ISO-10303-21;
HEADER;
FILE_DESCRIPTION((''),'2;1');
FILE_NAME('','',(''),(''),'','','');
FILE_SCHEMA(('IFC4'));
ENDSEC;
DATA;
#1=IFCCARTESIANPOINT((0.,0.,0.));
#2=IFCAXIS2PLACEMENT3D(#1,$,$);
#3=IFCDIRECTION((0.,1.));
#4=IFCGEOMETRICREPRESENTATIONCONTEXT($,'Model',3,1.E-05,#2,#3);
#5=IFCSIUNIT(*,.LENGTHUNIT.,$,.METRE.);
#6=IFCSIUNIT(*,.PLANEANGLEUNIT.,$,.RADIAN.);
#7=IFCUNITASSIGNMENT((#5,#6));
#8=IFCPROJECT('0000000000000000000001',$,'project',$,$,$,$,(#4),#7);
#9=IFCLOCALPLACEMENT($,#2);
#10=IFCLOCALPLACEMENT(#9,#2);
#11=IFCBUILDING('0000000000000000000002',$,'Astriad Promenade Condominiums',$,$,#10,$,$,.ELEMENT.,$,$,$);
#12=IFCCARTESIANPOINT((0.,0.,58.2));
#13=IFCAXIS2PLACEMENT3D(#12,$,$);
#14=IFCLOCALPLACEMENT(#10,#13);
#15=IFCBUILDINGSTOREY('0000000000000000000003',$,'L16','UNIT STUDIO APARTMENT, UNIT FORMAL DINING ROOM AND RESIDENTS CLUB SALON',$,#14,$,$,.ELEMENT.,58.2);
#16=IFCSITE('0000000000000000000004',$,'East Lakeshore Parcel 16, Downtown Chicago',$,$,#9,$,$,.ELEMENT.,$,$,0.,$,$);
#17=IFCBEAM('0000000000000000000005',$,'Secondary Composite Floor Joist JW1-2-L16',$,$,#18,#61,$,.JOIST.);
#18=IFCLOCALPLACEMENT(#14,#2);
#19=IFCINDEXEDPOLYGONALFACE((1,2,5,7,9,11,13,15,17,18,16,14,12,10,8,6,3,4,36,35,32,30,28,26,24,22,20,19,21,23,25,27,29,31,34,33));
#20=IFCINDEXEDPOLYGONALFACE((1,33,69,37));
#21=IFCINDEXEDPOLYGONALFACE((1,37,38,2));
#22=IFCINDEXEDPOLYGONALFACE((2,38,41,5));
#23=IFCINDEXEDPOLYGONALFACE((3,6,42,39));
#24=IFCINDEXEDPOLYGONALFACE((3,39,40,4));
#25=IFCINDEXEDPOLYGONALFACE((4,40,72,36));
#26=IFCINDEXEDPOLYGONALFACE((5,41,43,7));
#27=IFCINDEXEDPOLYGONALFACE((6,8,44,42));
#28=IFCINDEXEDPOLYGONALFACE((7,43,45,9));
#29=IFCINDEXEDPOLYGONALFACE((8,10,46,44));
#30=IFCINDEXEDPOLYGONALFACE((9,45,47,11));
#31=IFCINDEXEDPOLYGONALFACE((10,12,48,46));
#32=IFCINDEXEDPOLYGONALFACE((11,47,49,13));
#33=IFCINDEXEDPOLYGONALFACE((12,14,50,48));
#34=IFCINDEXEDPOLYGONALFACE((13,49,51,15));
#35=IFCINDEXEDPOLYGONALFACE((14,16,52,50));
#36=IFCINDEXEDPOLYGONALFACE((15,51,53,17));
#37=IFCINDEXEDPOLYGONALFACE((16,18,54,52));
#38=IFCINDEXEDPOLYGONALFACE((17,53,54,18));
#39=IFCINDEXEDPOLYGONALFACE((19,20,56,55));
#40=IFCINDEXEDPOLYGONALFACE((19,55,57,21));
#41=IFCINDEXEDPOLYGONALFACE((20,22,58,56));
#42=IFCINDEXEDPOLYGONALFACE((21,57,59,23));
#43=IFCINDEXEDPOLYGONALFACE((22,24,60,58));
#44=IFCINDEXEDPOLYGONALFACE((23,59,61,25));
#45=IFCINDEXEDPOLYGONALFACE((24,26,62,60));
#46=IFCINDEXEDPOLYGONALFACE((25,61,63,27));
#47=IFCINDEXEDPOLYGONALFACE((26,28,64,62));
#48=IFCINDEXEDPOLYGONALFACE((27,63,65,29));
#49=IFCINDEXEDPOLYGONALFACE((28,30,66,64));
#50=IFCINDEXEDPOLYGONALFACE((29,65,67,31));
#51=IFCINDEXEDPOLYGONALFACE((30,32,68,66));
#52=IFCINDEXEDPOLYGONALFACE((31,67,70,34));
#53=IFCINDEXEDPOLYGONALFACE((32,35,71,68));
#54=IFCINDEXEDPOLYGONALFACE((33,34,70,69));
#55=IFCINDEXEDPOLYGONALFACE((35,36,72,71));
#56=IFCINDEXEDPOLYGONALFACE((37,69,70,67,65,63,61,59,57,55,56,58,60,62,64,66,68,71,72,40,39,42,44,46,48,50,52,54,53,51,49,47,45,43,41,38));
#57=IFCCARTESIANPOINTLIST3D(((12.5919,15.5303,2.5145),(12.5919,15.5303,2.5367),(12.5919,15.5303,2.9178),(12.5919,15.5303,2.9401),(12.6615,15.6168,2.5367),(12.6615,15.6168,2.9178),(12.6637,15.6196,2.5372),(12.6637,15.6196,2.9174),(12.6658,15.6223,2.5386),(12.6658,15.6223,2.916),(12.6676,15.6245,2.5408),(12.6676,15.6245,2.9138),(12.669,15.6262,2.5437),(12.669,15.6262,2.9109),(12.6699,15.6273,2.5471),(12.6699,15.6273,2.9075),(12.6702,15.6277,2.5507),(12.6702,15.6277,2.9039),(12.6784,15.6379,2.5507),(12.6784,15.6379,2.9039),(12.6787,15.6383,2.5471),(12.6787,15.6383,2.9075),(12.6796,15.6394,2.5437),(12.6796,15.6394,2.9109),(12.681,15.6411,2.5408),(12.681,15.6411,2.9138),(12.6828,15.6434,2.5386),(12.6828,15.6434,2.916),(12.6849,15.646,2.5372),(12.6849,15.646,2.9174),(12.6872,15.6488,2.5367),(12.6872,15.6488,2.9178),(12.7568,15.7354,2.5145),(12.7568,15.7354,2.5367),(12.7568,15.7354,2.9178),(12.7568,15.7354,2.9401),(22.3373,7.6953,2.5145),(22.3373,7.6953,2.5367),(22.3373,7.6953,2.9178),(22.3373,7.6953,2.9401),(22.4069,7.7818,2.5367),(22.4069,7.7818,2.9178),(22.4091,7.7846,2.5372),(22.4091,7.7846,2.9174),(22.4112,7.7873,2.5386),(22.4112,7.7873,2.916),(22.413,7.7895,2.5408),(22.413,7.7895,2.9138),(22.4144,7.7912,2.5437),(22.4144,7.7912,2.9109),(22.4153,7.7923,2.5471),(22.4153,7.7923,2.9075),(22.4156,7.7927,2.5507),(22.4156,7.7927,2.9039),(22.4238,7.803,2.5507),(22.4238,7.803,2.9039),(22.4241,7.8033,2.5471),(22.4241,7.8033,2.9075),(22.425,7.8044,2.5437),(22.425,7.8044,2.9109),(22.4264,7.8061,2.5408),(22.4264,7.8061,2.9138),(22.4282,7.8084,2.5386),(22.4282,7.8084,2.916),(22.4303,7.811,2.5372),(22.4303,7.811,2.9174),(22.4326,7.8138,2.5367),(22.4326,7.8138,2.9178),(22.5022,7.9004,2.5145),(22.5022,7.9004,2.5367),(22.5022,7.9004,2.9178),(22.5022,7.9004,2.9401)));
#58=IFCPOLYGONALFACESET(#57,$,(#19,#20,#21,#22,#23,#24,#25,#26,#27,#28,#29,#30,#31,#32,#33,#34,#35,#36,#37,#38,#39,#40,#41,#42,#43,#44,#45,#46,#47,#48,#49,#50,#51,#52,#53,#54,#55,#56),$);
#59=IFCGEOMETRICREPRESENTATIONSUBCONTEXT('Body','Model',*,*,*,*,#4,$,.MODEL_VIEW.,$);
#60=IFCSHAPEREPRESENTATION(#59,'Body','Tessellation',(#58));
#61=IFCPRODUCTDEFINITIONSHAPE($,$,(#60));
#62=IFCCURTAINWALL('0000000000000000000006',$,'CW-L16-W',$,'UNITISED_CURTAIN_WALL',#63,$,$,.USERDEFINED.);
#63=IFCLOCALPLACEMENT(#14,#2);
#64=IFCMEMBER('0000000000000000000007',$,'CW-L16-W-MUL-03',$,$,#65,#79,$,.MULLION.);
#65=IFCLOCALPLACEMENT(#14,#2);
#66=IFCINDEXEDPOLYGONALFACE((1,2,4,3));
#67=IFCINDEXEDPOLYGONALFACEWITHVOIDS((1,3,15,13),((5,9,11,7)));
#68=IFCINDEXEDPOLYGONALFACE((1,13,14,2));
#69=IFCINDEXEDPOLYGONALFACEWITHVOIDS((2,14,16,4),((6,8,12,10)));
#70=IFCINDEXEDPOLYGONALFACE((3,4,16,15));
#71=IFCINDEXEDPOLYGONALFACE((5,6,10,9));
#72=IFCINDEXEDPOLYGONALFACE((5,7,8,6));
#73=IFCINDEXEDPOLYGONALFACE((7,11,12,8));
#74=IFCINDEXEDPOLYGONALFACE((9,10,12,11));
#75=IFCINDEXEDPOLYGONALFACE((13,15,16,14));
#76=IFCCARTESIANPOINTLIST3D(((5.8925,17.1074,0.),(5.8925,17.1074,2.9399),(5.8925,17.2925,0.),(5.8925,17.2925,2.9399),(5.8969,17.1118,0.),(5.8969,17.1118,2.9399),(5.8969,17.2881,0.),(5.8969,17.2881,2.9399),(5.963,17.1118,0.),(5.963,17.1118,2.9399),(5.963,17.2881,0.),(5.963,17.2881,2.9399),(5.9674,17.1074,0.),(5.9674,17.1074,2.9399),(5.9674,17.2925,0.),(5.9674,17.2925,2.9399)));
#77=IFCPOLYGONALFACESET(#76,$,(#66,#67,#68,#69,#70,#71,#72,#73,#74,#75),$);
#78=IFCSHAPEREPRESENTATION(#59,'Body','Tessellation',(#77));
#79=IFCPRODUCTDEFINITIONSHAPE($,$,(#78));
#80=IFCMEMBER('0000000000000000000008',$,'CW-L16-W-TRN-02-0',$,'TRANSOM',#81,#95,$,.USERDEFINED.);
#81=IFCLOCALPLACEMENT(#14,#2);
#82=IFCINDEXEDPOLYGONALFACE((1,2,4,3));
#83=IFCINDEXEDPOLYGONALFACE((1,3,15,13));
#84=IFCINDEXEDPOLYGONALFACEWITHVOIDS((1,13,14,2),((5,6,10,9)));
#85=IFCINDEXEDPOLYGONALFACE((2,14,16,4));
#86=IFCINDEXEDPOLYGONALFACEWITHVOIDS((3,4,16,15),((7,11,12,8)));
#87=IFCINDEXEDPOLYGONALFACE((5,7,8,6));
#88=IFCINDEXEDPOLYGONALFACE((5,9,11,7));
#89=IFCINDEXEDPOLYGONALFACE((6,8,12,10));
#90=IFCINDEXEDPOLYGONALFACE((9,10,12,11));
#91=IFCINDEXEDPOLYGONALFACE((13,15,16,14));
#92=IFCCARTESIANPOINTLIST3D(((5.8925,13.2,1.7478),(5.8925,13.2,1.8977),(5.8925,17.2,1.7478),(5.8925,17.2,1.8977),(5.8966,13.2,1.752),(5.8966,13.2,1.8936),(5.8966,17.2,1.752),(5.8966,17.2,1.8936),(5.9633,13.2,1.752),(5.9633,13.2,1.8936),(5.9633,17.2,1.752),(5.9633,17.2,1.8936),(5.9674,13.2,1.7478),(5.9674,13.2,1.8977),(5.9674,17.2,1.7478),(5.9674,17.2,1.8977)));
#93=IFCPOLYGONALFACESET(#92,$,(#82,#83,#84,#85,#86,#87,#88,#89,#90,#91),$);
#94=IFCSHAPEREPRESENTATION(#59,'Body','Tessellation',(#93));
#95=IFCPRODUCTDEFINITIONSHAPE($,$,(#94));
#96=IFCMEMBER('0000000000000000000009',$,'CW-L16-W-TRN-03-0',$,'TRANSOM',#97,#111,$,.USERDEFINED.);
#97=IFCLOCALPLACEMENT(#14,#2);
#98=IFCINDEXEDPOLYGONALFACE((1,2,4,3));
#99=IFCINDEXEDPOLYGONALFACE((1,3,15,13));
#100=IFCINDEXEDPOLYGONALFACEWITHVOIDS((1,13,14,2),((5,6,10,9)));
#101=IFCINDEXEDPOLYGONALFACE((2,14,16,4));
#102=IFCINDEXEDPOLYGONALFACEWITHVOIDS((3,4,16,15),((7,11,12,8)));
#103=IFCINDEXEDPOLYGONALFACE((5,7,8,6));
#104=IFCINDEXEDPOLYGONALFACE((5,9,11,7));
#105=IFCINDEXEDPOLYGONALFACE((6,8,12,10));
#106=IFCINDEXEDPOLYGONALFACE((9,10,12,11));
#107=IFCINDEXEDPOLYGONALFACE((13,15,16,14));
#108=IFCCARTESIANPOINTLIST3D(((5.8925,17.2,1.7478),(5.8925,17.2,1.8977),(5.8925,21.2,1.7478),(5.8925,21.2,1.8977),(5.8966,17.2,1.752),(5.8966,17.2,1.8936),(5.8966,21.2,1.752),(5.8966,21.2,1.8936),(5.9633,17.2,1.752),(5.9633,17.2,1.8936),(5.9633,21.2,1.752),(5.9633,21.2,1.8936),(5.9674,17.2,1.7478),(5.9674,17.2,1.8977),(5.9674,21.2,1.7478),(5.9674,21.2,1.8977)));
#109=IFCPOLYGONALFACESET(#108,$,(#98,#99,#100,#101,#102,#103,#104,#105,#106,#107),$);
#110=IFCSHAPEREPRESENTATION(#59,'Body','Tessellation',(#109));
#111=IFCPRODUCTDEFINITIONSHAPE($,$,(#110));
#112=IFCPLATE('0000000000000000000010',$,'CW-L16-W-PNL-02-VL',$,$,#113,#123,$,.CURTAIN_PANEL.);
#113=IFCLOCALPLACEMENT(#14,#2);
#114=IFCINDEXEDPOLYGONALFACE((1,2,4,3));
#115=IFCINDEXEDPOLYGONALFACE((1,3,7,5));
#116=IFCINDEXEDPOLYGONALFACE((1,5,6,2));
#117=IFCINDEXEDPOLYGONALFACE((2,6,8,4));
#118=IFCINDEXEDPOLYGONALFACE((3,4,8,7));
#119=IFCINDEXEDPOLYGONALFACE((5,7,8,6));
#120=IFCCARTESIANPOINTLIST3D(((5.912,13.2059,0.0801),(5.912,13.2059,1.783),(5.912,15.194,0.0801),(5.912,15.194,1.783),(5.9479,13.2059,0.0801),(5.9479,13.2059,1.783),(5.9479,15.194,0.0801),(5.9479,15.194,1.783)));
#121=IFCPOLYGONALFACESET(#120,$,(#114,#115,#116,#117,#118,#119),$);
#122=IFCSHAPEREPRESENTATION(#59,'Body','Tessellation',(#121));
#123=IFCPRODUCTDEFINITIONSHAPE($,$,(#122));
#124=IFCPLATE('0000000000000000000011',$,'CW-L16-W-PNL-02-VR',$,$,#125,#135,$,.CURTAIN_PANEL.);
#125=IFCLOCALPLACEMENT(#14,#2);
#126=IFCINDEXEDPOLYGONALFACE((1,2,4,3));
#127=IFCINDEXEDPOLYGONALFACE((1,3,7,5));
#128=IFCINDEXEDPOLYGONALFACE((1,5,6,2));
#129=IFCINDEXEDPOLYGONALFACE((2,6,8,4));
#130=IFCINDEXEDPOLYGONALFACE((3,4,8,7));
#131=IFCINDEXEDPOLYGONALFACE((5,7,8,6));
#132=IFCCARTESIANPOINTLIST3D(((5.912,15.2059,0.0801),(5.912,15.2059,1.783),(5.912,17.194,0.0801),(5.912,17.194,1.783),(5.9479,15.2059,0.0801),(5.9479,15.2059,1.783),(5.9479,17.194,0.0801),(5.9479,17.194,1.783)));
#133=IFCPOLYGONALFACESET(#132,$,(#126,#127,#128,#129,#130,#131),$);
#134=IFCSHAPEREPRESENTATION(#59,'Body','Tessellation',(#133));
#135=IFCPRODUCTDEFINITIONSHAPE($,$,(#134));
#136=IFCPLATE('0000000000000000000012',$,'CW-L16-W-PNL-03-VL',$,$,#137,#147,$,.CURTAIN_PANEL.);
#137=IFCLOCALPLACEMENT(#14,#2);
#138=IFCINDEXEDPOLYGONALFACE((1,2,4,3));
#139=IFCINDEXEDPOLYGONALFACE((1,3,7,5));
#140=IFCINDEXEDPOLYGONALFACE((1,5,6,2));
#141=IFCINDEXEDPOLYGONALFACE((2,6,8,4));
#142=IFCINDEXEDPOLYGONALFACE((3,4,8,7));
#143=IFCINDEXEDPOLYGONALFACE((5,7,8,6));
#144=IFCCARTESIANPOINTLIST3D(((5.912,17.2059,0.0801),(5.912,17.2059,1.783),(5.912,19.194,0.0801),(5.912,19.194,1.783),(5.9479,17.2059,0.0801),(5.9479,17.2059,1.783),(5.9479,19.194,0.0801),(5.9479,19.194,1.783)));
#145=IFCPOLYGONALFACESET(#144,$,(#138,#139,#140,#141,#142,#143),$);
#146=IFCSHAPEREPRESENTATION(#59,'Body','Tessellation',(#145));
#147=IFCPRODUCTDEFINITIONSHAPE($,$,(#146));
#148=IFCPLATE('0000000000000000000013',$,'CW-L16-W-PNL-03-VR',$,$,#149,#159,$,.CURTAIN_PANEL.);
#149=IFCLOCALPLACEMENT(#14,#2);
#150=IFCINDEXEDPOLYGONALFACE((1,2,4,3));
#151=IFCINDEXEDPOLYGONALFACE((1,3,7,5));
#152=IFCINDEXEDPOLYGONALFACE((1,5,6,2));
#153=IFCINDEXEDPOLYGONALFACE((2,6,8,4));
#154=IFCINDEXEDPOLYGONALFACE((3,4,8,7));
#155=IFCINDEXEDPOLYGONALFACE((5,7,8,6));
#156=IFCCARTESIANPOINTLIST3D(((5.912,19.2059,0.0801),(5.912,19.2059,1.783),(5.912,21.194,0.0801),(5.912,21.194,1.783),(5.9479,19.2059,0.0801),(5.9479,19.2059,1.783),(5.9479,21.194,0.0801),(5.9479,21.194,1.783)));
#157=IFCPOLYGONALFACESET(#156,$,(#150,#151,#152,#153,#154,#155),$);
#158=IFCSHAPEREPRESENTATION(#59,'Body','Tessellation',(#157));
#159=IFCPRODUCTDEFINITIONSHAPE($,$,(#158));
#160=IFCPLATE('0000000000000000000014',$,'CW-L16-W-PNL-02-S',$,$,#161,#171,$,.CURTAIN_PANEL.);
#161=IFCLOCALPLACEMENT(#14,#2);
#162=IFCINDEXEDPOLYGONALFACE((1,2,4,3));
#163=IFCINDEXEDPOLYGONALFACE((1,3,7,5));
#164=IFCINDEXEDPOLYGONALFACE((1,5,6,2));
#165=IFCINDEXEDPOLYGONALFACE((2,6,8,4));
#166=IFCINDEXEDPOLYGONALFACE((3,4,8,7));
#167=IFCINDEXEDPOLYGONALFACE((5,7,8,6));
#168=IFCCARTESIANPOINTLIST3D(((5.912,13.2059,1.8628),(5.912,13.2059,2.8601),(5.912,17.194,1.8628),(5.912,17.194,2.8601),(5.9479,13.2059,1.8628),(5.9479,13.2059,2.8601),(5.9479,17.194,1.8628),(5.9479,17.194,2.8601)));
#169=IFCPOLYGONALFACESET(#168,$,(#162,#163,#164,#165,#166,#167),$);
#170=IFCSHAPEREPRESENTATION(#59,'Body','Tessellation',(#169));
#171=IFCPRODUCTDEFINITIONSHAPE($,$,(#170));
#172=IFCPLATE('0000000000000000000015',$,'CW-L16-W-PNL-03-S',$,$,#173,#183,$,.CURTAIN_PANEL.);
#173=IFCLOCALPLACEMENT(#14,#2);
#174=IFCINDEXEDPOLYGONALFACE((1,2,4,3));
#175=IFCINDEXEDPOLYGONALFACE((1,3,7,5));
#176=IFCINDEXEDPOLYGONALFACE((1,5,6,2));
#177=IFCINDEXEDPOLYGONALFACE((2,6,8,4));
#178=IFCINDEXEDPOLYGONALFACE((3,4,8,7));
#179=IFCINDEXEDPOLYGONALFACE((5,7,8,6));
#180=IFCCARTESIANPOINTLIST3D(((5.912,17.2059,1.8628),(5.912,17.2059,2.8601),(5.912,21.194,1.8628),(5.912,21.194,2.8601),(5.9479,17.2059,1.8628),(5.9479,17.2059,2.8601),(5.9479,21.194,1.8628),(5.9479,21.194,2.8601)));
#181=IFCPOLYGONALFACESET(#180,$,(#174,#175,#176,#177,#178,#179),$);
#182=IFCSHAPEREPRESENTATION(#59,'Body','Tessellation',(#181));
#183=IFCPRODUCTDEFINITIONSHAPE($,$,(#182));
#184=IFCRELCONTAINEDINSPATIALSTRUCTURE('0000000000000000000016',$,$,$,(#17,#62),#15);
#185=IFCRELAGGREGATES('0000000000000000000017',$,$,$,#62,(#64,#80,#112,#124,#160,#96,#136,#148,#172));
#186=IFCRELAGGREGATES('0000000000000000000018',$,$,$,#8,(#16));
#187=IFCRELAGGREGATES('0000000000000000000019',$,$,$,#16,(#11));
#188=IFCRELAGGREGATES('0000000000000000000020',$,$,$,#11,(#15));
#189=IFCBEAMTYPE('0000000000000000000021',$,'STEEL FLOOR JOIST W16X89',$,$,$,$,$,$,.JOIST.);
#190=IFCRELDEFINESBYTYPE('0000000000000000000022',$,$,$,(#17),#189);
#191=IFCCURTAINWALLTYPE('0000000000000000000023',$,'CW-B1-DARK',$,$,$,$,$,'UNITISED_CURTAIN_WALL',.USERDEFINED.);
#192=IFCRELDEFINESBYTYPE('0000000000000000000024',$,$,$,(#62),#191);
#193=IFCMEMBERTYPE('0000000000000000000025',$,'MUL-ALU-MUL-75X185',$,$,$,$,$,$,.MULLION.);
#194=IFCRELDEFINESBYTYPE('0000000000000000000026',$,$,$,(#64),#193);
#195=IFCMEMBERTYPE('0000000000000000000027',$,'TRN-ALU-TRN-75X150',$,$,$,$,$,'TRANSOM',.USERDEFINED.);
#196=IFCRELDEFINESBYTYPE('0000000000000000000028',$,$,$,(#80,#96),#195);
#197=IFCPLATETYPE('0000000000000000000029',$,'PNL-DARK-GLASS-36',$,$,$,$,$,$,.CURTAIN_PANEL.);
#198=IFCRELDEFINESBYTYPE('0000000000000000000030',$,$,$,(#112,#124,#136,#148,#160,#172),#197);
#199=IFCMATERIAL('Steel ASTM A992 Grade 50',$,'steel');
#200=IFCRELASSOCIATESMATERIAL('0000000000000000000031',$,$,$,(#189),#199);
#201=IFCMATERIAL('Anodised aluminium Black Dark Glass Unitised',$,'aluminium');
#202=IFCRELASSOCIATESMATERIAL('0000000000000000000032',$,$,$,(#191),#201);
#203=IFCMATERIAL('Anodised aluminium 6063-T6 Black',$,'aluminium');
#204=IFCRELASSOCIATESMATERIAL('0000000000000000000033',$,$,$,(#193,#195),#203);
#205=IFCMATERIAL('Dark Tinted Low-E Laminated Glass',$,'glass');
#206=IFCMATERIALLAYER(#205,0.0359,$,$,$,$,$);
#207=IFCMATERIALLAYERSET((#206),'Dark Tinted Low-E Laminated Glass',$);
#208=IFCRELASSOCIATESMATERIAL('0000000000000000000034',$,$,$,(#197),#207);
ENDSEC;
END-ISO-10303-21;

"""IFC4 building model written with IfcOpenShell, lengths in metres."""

from ifc_helpers import new_model, si_unit, direction, frame, origin, origin_2d, place, context, subcontext, project, spatial, rectangle, hollow_rectangle, i_section, extrude, source, transform, mapped, material, layer, layer_set, material_profile, profile_set, type_object, type_shapes, element, aggregate, save


model = new_model("IFC4")

# Units and contexts
model_context = context("Model", 3, precision=1e-05, world=origin(), true_north=direction((0.0, 1.0)))
body_context = subcontext(model_context, "Body", "Model", "MODEL_VIEW")
ifc_project = project(units=[si_unit("LENGTHUNIT", "METRE"), si_unit("PLANEANGLEUNIT", "RADIAN")], contexts=[model_context])

# Site, building, storey
site_placement = place(None, origin())
site = spatial("IfcSite", under=ifc_project, at=site_placement, Name="East Lakeshore Parcel 16, Downtown Chicago", CompositionType="ELEMENT", RefElevation=0.0)
building_placement = place(site_placement, origin())
building = spatial("IfcBuilding", under=site, at=building_placement, Name="Astriad Promenade Condominiums", CompositionType="ELEMENT")
storey_placement = place(building_placement, frame((0.0, 0.0, 58.2)))
storey = spatial("IfcBuildingStorey", under=building, at=storey_placement, Name="L16", Description="UNIT STUDIO APARTMENT, UNIT FORMAL DINING ROOM AND RESIDENTS CLUB SALON", CompositionType="ELEMENT", Elevation=58.2)

# Beam
ifc_material_1 = material(Name="Steel ASTM A992 Grade 50", Category="steel")
ifc_material_profile_1 = material_profile(ifc_material_1, i_section(OverallWidth=0.2632, OverallDepth=0.4255, WebThickness=0.0132, FlangeThickness=0.0222, FilletRadius=0.0139, at=origin_2d()), Name="W16X89")
ifc_profile_set_1 = profile_set([ifc_material_profile_1], Name="Steel ASTM A992 Grade 50")
beam_type_1 = type_object("IfcBeamType", Name="STEEL FLOOR JOIST W16X89", PredefinedType="JOIST", material=ifc_profile_set_1)
shared_shape_1 = source(origin(), body_context, "Body", "SweptSolid", [
    extrude(i_section(OverallWidth=0.2632, OverallDepth=0.4255, WebThickness=0.0132, FlangeThickness=0.0222, FilletRadius=0.0139, at=origin_2d()), origin(), (0.0, 0.0, 1.0), 12.5044),
])
beam_1_placement = place(storey_placement, frame((12.6743, 15.6328, 2.7273), z_axis=(0.779358, -0.626579, 0.0), x_axis=(0.626579, 0.779358, 0.0)))
element("IfcBeam", 1, at=beam_1_placement, inside=storey, type_object=beam_type_1, Name="Secondary Composite Floor Joist JW1-2-L16", PredefinedType="JOIST", context=body_context, shape_type="MappedRepresentation", body=[
    mapped(shared_shape_1, transform((0.0, 0.0, 0.0), scale=1.0)),
])

# Curtain wall, members, plates
ifc_material_2 = material(Name="Anodised aluminium Black Dark Glass Unitised", Category="aluminium")
curtain_wall_type = type_object("IfcCurtainWallType", Name="CW-B1-DARK", ElementType="UNITISED_CURTAIN_WALL", PredefinedType="USERDEFINED", material=ifc_material_2)
curtain_wall_placement = place(storey_placement, origin())
curtain_wall = element("IfcCurtainWall", 2, at=curtain_wall_placement, inside=storey, type_object=curtain_wall_type, Name="CW-L16-W", ObjectType="UNITISED_CURTAIN_WALL", PredefinedType="USERDEFINED")
ifc_material_3 = material(Name="Anodised aluminium 6063-T6 Black", Category="aluminium")
ifc_material_profile_2 = material_profile(ifc_material_3, hollow_rectangle(XDim=0.075, YDim=0.1851, WallThickness=0.0044, at=origin_2d()), Name="ALU-MUL-75X185")
ifc_profile_set_2 = profile_set([ifc_material_profile_2], Name="Anodised aluminium 6063-T6 Black")
member_type_1 = type_object("IfcMemberType", Name="MUL-ALU-MUL-75X185", PredefinedType="MULLION", material=ifc_profile_set_2)
shared_shape_2 = source(origin(), body_context, "Body", "SweptSolid", [
    extrude(hollow_rectangle(XDim=0.075, YDim=0.1851, WallThickness=0.0044, at=origin_2d()), origin(), (0.0, 0.0, 1.0), 2.9399),
])
type_shapes(member_type_1, [shared_shape_2])
member_1_placement = place(storey_placement, frame((5.9299, 17.2, 0.0), z_axis=(0.0, 0.0, 1.0), x_axis=(1.0, 0.0, 0.0)))
member_1 = element("IfcMember", 3, at=member_1_placement, type_object=member_type_1, Name="CW-L16-W-MUL-03", PredefinedType="MULLION", context=body_context, shape_type="MappedRepresentation", body=[
    mapped(shared_shape_2, transform((0.0, 0.0, 0.0), scale=1.0)),
])
ifc_material_profile_3 = material_profile(ifc_material_3, hollow_rectangle(XDim=0.075, YDim=0.1499, WallThickness=0.0042, at=origin_2d()), Name="ALU-TRN-75X150")
ifc_profile_set_3 = profile_set([ifc_material_profile_3], Name="Anodised aluminium 6063-T6 Black")
member_type_2 = type_object("IfcMemberType", Name="TRN-ALU-TRN-75X150", ElementType="TRANSOM", PredefinedType="USERDEFINED", material=ifc_profile_set_3)
shared_shape_3 = source(origin(), body_context, "Body", "SweptSolid", [
    extrude(hollow_rectangle(XDim=0.075, YDim=0.1499, WallThickness=0.0042, at=origin_2d()), origin(), (0.0, 0.0, 1.0), 4.0),
])
type_shapes(member_type_2, [shared_shape_3])
member_2_placement = place(storey_placement, frame((5.9299, 13.2, 1.8228), z_axis=(0.0, 1.0, 0.0), x_axis=(-1.0, 0.0, 0.0)))
member_2 = element("IfcMember", 4, at=member_2_placement, type_object=member_type_2, Name="CW-L16-W-TRN-02-0", ObjectType="TRANSOM", PredefinedType="USERDEFINED", context=body_context, shape_type="MappedRepresentation", body=[
    mapped(shared_shape_3, transform((0.0, 0.0, 0.0), scale=1.0)),
])
member_3_placement = place(storey_placement, frame((5.9299, 17.2, 1.8228), z_axis=(0.0, 1.0, 0.0), x_axis=(-1.0, 0.0, 0.0)))
member_3 = element("IfcMember", 5, at=member_3_placement, type_object=member_type_2, Name="CW-L16-W-TRN-03-0", ObjectType="TRANSOM", PredefinedType="USERDEFINED", context=body_context, shape_type="MappedRepresentation", body=[
    mapped(shared_shape_3, transform((0.0, 0.0, 0.0), scale=1.0)),
])
ifc_material_4 = material(Name="Dark Tinted Low-E Laminated Glass", Category="glass")
ifc_layer_1 = layer(ifc_material_4, 0.0359)
ifc_layer_set_1 = layer_set([ifc_layer_1], Name="Dark Tinted Low-E Laminated Glass")
plate_type = type_object("IfcPlateType", Name="PNL-DARK-GLASS-36", PredefinedType="CURTAIN_PANEL", material=ifc_layer_set_1)
shared_shape_4 = source(origin(), body_context, "Body", "SweptSolid", [
    extrude(rectangle(XDim=1.988, YDim=0.0359, at=origin_2d()), origin(), (0.0, 0.0, 1.0), 1.7029),
])
plate_1_placement = place(storey_placement, frame((5.9299, 14.2, 0.0801), z_axis=(0.0, 0.0, 1.0), x_axis=(0.0, 1.0, 0.0)))
plate_1 = element("IfcPlate", 6, at=plate_1_placement, type_object=plate_type, Name="CW-L16-W-PNL-02-VL", PredefinedType="CURTAIN_PANEL", context=body_context, shape_type="MappedRepresentation", body=[
    mapped(shared_shape_4, transform((0.0, 0.0, 0.0), scale=1.0)),
])
plate_2_placement = place(storey_placement, frame((5.9299, 16.2, 0.0801), z_axis=(0.0, 0.0, 1.0), x_axis=(0.0, 1.0, 0.0)))
plate_2 = element("IfcPlate", 7, at=plate_2_placement, type_object=plate_type, Name="CW-L16-W-PNL-02-VR", PredefinedType="CURTAIN_PANEL", context=body_context, shape_type="MappedRepresentation", body=[
    mapped(shared_shape_4, transform((0.0, 0.0, 0.0), scale=1.0)),
])
plate_3_placement = place(storey_placement, frame((5.9299, 18.2, 0.0801), z_axis=(0.0, 0.0, 1.0), x_axis=(0.0, 1.0, 0.0)))
plate_3 = element("IfcPlate", 8, at=plate_3_placement, type_object=plate_type, Name="CW-L16-W-PNL-03-VL", PredefinedType="CURTAIN_PANEL", context=body_context, shape_type="MappedRepresentation", body=[
    mapped(shared_shape_4, transform((0.0, 0.0, 0.0), scale=1.0)),
])
plate_4_placement = place(storey_placement, frame((5.9299, 20.2, 0.0801), z_axis=(0.0, 0.0, 1.0), x_axis=(0.0, 1.0, 0.0)))
plate_4 = element("IfcPlate", 9, at=plate_4_placement, type_object=plate_type, Name="CW-L16-W-PNL-03-VR", PredefinedType="CURTAIN_PANEL", context=body_context, shape_type="MappedRepresentation", body=[
    mapped(shared_shape_4, transform((0.0, 0.0, 0.0), scale=1.0)),
])
shared_shape_5 = source(origin(), body_context, "Body", "SweptSolid", [
    extrude(rectangle(XDim=3.988, YDim=0.0359, at=origin_2d()), origin(), (0.0, 0.0, 1.0), 0.9973),
])
type_shapes(plate_type, [shared_shape_4, shared_shape_5])
plate_5_placement = place(storey_placement, frame((5.9299, 15.2, 1.8628), z_axis=(0.0, 0.0, 1.0), x_axis=(0.0, 1.0, 0.0)))
plate_5 = element("IfcPlate", 10, at=plate_5_placement, type_object=plate_type, Name="CW-L16-W-PNL-02-S", PredefinedType="CURTAIN_PANEL", context=body_context, shape_type="MappedRepresentation", body=[
    mapped(shared_shape_5, transform((0.0, 0.0, 0.0), scale=1.0)),
])
plate_6_placement = place(storey_placement, frame((5.9299, 19.2, 1.8628), z_axis=(0.0, 0.0, 1.0), x_axis=(0.0, 1.0, 0.0)))
plate_6 = element("IfcPlate", 11, at=plate_6_placement, type_object=plate_type, Name="CW-L16-W-PNL-03-S", PredefinedType="CURTAIN_PANEL", context=body_context, shape_type="MappedRepresentation", body=[
    mapped(shared_shape_5, transform((0.0, 0.0, 0.0), scale=1.0)),
])
aggregate(curtain_wall, [member_1, member_2, plate_1, plate_2, plate_5, member_3, plate_3, plate_4, plate_6])

save(model, "model.ifc")
